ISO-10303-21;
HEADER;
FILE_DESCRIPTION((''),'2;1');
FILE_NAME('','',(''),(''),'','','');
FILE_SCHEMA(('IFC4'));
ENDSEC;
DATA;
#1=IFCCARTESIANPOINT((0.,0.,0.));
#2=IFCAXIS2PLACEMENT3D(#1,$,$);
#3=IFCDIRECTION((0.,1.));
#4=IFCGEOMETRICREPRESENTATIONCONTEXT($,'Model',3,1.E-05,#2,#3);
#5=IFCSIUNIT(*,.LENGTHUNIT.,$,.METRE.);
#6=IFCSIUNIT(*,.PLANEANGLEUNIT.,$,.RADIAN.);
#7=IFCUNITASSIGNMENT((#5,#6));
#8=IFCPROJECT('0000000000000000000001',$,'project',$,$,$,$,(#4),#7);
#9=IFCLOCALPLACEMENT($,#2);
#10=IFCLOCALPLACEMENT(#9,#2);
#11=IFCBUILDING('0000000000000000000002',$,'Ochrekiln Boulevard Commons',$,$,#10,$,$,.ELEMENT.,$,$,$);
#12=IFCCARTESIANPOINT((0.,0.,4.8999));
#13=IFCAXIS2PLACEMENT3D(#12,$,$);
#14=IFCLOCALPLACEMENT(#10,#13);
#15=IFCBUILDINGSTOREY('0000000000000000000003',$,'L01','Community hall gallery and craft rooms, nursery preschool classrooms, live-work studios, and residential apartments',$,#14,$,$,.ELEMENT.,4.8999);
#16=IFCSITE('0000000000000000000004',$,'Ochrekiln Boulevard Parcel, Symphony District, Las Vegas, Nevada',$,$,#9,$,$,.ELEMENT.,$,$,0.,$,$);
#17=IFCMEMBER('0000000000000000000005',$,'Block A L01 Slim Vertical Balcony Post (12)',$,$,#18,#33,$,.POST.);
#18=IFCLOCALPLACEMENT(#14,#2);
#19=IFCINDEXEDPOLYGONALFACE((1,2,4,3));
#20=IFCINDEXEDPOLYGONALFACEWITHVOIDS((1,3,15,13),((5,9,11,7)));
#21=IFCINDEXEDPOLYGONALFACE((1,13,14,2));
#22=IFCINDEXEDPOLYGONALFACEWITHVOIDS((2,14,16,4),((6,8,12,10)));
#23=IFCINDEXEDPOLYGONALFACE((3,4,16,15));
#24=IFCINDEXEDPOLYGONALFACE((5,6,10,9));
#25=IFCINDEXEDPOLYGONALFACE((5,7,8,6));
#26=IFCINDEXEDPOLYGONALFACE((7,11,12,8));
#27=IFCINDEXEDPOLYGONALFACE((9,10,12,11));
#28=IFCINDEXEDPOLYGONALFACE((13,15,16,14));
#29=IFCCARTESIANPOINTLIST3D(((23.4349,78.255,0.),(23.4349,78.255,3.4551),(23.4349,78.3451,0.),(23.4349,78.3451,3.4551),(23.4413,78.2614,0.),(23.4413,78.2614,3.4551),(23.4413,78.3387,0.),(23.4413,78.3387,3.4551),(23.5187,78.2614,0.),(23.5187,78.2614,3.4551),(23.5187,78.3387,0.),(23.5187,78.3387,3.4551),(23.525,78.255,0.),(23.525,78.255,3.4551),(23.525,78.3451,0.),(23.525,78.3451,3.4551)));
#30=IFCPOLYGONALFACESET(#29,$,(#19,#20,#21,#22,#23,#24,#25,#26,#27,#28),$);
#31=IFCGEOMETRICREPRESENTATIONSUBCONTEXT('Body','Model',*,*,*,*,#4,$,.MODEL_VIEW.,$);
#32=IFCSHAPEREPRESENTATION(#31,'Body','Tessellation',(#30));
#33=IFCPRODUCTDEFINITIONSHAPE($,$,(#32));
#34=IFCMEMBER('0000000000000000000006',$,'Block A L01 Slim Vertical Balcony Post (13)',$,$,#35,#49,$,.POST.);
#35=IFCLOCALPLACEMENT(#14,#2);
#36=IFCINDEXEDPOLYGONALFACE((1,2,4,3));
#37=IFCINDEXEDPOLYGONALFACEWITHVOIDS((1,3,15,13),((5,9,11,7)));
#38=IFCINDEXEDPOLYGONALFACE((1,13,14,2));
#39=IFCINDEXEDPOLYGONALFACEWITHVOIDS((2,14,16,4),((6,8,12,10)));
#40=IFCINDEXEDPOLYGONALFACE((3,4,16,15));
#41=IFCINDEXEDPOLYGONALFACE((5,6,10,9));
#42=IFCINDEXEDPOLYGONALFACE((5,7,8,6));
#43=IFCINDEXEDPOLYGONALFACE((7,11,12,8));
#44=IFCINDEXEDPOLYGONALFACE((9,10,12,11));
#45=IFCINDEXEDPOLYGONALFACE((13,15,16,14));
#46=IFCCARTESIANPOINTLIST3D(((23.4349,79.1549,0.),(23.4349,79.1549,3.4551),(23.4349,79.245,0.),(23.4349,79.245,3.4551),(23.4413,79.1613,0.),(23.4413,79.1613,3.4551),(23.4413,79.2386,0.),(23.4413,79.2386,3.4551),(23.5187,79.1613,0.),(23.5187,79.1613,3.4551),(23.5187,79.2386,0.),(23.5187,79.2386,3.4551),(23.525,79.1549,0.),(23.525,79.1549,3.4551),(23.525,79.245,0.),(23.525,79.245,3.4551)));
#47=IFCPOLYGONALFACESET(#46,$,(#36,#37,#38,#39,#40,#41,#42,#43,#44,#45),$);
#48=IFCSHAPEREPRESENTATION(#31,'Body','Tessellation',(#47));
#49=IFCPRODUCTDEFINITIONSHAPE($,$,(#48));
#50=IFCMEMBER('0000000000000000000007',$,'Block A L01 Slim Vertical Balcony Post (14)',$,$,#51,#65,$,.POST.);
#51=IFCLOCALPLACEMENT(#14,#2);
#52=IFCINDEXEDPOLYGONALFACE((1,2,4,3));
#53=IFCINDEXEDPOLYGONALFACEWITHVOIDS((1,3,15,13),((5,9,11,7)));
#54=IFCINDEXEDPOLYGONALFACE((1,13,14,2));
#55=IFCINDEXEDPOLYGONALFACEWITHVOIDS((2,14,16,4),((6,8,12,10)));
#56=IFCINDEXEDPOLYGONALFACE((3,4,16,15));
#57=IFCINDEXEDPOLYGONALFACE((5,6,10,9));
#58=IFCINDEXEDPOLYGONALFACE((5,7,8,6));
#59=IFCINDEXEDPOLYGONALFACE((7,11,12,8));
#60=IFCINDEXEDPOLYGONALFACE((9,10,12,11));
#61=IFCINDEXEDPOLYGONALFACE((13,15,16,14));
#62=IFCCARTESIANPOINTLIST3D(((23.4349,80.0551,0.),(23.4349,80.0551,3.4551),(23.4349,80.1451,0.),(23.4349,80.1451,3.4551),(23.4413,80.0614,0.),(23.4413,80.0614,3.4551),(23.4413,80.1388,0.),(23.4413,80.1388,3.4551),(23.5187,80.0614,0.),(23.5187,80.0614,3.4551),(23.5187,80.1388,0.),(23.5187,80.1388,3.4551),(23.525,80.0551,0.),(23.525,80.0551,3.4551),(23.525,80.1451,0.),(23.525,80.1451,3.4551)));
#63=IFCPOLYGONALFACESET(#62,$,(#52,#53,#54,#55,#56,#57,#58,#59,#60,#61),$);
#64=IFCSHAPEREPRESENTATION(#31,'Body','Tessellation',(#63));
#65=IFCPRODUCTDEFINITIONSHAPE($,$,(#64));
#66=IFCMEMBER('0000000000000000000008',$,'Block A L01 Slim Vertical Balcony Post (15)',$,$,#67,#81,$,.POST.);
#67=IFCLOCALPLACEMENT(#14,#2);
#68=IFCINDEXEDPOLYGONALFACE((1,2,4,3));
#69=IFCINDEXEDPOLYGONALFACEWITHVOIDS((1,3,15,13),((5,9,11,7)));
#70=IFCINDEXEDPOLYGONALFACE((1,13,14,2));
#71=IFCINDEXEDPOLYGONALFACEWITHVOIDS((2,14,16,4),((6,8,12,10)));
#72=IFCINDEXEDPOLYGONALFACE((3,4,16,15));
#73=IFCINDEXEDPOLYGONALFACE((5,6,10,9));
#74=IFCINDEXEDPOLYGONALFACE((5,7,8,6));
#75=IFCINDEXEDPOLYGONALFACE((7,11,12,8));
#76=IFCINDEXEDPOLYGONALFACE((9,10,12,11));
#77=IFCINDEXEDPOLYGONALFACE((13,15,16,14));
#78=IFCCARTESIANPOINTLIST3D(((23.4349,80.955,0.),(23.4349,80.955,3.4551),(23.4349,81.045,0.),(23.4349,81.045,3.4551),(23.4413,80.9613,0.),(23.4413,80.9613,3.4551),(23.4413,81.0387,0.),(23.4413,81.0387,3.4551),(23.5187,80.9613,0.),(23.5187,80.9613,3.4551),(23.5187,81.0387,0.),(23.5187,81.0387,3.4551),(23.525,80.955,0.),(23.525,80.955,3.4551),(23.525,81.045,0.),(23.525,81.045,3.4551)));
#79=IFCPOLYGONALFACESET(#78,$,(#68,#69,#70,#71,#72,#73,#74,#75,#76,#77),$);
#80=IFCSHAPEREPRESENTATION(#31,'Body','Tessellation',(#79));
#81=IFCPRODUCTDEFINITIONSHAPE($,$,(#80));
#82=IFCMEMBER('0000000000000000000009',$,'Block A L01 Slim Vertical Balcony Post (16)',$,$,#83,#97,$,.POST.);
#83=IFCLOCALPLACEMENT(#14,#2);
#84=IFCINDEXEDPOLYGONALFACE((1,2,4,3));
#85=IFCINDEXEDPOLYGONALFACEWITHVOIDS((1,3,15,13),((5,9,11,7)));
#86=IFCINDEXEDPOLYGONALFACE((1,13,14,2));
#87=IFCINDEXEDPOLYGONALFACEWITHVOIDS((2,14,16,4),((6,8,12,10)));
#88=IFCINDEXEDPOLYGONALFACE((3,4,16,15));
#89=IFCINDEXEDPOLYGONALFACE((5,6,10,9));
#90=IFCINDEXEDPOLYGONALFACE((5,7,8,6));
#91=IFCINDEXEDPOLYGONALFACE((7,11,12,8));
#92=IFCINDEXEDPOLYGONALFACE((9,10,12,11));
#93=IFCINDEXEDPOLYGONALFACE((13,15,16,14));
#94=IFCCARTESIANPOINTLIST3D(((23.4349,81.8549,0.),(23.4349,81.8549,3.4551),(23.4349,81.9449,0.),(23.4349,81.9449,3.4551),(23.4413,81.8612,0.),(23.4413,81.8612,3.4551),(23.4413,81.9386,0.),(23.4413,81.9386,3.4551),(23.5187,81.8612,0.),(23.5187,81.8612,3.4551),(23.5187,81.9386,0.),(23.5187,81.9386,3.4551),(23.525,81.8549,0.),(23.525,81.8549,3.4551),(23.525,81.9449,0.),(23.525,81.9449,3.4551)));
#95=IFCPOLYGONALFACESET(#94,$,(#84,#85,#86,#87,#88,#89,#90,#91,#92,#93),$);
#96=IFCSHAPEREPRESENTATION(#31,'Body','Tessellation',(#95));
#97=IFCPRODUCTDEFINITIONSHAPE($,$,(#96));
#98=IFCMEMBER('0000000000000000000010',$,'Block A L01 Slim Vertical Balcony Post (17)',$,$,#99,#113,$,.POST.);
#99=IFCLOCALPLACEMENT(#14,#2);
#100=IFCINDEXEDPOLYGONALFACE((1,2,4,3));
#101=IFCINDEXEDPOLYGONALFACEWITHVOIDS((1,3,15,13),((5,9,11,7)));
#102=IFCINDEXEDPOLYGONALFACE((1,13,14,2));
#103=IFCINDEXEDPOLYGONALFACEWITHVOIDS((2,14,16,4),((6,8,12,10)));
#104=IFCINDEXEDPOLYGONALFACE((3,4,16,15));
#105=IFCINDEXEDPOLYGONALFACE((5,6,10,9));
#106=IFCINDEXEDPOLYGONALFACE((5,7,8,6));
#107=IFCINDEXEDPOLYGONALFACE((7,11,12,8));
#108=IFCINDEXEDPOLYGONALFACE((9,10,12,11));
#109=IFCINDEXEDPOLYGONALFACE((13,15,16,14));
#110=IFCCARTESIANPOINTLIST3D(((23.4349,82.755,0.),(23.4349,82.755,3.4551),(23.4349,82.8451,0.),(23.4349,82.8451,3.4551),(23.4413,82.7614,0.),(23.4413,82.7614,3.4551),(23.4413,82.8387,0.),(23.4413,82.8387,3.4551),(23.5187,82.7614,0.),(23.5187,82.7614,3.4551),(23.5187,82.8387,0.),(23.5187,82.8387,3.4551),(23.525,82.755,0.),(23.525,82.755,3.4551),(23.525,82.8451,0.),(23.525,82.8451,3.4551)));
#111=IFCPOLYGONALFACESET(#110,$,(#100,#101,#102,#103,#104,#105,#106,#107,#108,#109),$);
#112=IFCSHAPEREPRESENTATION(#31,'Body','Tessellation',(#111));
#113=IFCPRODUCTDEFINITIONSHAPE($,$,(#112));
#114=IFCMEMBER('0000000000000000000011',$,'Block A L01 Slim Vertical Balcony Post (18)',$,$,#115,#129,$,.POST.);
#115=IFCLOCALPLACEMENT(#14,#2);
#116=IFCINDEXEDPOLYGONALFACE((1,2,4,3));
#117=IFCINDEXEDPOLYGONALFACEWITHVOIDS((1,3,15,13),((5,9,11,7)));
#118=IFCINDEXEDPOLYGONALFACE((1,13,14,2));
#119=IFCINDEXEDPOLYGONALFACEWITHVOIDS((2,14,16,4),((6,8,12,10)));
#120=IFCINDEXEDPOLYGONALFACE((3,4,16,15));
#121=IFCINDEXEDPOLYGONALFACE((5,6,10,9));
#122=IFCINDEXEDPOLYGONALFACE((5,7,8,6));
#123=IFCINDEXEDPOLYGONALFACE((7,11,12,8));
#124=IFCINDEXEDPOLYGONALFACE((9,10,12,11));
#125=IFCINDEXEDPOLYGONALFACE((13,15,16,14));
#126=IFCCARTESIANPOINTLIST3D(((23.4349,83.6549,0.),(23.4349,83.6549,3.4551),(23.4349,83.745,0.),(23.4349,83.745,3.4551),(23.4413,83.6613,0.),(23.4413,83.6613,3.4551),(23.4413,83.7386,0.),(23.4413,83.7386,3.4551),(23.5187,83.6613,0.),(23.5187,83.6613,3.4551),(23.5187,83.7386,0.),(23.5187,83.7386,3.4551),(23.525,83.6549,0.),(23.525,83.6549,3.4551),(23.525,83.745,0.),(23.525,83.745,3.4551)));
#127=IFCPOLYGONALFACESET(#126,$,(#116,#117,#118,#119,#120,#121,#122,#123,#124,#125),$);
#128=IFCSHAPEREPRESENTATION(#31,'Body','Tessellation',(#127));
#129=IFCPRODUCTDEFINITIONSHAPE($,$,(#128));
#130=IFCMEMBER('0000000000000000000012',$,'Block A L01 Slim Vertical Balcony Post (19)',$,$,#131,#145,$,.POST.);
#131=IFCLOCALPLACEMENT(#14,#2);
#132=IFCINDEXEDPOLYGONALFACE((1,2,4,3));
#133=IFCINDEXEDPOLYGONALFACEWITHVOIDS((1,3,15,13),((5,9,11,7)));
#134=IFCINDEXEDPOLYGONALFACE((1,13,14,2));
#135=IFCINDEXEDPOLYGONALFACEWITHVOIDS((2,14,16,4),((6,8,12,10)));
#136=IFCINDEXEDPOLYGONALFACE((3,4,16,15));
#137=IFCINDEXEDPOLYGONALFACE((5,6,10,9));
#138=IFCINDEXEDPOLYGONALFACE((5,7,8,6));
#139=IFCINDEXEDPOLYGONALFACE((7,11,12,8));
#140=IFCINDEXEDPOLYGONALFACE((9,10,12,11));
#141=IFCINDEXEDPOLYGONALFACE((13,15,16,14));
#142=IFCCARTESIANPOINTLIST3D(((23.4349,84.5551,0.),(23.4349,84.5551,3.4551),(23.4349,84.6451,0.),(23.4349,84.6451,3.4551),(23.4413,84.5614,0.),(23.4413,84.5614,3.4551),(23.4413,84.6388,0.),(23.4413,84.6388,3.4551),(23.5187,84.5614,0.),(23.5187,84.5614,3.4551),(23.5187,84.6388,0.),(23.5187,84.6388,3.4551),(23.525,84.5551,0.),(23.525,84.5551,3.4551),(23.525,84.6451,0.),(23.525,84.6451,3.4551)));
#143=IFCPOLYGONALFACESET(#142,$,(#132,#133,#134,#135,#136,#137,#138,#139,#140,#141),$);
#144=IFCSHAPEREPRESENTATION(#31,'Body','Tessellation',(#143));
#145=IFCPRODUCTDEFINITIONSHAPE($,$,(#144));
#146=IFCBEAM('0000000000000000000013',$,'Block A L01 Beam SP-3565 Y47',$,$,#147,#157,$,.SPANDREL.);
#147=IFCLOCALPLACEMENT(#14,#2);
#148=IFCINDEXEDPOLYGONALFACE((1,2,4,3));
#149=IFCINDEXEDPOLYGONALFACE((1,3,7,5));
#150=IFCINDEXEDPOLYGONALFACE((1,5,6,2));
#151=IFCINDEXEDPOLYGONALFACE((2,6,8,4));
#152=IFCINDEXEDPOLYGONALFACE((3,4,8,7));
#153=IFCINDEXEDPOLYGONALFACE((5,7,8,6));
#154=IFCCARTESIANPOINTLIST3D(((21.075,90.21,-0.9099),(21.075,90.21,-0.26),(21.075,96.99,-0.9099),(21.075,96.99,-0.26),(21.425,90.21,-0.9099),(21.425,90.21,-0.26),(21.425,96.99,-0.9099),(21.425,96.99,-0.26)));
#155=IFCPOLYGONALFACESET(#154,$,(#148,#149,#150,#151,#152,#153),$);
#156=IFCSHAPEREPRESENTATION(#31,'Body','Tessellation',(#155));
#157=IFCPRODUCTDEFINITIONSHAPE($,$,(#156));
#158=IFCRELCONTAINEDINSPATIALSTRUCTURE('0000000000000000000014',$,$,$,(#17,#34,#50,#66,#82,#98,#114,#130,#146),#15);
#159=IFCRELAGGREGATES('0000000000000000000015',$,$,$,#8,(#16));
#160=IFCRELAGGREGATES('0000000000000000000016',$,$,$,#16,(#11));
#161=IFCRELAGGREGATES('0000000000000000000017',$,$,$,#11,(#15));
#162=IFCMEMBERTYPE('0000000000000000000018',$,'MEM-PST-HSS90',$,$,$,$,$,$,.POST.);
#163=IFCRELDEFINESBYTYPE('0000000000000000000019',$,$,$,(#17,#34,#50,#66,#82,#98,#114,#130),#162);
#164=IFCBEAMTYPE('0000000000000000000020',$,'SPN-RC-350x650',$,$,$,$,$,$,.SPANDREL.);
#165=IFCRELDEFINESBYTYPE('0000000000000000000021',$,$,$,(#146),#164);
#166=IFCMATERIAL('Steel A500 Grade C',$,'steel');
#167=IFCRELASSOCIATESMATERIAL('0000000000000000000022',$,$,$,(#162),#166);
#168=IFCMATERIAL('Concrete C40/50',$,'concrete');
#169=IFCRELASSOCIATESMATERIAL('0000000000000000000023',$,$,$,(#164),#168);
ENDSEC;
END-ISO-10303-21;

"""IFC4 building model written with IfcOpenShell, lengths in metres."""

from ifc_helpers import new_model, si_unit, direction, frame, origin, origin_2d, place, context, subcontext, project, spatial, rectangle, hollow_rectangle, extrude, material, material_profile, profile_set, type_object, element, save


model = new_model("IFC4")

# Units and contexts
model_context = context("Model", 3, precision=1e-05, world=origin(), true_north=direction((0.0, 1.0)))
body_context = subcontext(model_context, "Body", "Model", "MODEL_VIEW")
ifc_project = project(units=[si_unit("LENGTHUNIT", "METRE"), si_unit("PLANEANGLEUNIT", "RADIAN")], contexts=[model_context])

# Site, building, storey
site_placement = place(None, origin())
site = spatial("IfcSite", under=ifc_project, at=site_placement, Name="Ochrekiln Boulevard Parcel, Symphony District, Las Vegas, Nevada", CompositionType="ELEMENT", RefElevation=0.0)
building_placement = place(site_placement, origin())
building = spatial("IfcBuilding", under=site, at=building_placement, Name="Ochrekiln Boulevard Commons", CompositionType="ELEMENT")
storey_placement = place(building_placement, frame((0.0, 0.0, 4.8999)))
storey = spatial("IfcBuildingStorey", under=building, at=storey_placement, Name="L01", Description="Community hall gallery and craft rooms, nursery preschool classrooms, live-work studios, and residential apartments", CompositionType="ELEMENT", Elevation=4.8999)

# Members
ifc_material_1 = material(Name="Steel A500 Grade C", Category="steel")
ifc_material_profile_1 = material_profile(ifc_material_1, hollow_rectangle(XDim=0.0901, YDim=0.0901, WallThickness=0.0063, at=origin_2d()), Name="HSS90X90X6.4")
ifc_profile_set_1 = profile_set([ifc_material_profile_1], Name="Steel A500 Grade C")
member_type = type_object("IfcMemberType", Name="MEM-PST-HSS90", PredefinedType="POST", material=ifc_profile_set_1)
for number, where, z_axis, x_axis, name in (
    (1, (23.48, 78.3, 0.0), (0.0, 0.0, 1.0), (1.0, 0.0, 0.0), "Block A L01 Slim Vertical Balcony Post (12)"),
    (2, (23.48, 79.2, 0.0), (0.0, 0.0, 1.0), (1.0, 0.0, 0.0), "Block A L01 Slim Vertical Balcony Post (13)"),
    (3, (23.48, 80.1001, 0.0), (0.0, 0.0, 1.0), (1.0, 0.0, 0.0), "Block A L01 Slim Vertical Balcony Post (14)"),
    (4, (23.48, 81.0, 0.0), (0.0, 0.0, 1.0), (1.0, 0.0, 0.0), "Block A L01 Slim Vertical Balcony Post (15)"),
    (5, (23.48, 81.8999, 0.0), (0.0, 0.0, 1.0), (1.0, 0.0, 0.0), "Block A L01 Slim Vertical Balcony Post (16)"),
    (6, (23.48, 82.8, 0.0), (0.0, 0.0, 1.0), (1.0, 0.0, 0.0), "Block A L01 Slim Vertical Balcony Post (17)"),
    (7, (23.48, 83.7, 0.0), (0.0, 0.0, 1.0), (1.0, 0.0, 0.0), "Block A L01 Slim Vertical Balcony Post (18)"),
    (8, (23.48, 84.6001, 0.0), (0.0, 0.0, 1.0), (1.0, 0.0, 0.0), "Block A L01 Slim Vertical Balcony Post (19)"),
):
    element("IfcMember", number, at=place(storey_placement, frame(where, z_axis=z_axis, x_axis=x_axis)), inside=storey, type_object=member_type, Name=name, PredefinedType="POST", context=body_context, shape_type="SweptSolid", body=[
        extrude(hollow_rectangle(XDim=0.0901, YDim=0.0901, WallThickness=0.0063, at=origin_2d()), origin(), (0.0, 0.0, 1.0), 3.4551),
    ])

# Beam
ifc_material_2 = material(Name="Concrete C40/50", Category="concrete")
ifc_material_profile_2 = material_profile(ifc_material_2, rectangle(XDim=0.3501, YDim=0.6499, at=origin_2d()), Name="RC-SPN-350x650")
ifc_profile_set_2 = profile_set([ifc_material_profile_2], Name="Concrete C40/50")
beam_type = type_object("IfcBeamType", Name="SPN-RC-350x650", PredefinedType="SPANDREL", material=ifc_profile_set_2)
beam_placement = place(storey_placement, frame((21.25, 90.21, -0.585), z_axis=(0.0, 1.0, 0.0), x_axis=(-1.0, 0.0, 0.0)))
element("IfcBeam", 9, at=beam_placement, inside=storey, type_object=beam_type, Name="Block A L01 Beam SP-3565 Y47", PredefinedType="SPANDREL", context=body_context, shape_type="SweptSolid", body=[
    extrude(rectangle(XDim=0.3501, YDim=0.6499, at=origin_2d()), origin(), (0.0, 0.0, 1.0), 6.78),
])

save(model, "model.ifc")
